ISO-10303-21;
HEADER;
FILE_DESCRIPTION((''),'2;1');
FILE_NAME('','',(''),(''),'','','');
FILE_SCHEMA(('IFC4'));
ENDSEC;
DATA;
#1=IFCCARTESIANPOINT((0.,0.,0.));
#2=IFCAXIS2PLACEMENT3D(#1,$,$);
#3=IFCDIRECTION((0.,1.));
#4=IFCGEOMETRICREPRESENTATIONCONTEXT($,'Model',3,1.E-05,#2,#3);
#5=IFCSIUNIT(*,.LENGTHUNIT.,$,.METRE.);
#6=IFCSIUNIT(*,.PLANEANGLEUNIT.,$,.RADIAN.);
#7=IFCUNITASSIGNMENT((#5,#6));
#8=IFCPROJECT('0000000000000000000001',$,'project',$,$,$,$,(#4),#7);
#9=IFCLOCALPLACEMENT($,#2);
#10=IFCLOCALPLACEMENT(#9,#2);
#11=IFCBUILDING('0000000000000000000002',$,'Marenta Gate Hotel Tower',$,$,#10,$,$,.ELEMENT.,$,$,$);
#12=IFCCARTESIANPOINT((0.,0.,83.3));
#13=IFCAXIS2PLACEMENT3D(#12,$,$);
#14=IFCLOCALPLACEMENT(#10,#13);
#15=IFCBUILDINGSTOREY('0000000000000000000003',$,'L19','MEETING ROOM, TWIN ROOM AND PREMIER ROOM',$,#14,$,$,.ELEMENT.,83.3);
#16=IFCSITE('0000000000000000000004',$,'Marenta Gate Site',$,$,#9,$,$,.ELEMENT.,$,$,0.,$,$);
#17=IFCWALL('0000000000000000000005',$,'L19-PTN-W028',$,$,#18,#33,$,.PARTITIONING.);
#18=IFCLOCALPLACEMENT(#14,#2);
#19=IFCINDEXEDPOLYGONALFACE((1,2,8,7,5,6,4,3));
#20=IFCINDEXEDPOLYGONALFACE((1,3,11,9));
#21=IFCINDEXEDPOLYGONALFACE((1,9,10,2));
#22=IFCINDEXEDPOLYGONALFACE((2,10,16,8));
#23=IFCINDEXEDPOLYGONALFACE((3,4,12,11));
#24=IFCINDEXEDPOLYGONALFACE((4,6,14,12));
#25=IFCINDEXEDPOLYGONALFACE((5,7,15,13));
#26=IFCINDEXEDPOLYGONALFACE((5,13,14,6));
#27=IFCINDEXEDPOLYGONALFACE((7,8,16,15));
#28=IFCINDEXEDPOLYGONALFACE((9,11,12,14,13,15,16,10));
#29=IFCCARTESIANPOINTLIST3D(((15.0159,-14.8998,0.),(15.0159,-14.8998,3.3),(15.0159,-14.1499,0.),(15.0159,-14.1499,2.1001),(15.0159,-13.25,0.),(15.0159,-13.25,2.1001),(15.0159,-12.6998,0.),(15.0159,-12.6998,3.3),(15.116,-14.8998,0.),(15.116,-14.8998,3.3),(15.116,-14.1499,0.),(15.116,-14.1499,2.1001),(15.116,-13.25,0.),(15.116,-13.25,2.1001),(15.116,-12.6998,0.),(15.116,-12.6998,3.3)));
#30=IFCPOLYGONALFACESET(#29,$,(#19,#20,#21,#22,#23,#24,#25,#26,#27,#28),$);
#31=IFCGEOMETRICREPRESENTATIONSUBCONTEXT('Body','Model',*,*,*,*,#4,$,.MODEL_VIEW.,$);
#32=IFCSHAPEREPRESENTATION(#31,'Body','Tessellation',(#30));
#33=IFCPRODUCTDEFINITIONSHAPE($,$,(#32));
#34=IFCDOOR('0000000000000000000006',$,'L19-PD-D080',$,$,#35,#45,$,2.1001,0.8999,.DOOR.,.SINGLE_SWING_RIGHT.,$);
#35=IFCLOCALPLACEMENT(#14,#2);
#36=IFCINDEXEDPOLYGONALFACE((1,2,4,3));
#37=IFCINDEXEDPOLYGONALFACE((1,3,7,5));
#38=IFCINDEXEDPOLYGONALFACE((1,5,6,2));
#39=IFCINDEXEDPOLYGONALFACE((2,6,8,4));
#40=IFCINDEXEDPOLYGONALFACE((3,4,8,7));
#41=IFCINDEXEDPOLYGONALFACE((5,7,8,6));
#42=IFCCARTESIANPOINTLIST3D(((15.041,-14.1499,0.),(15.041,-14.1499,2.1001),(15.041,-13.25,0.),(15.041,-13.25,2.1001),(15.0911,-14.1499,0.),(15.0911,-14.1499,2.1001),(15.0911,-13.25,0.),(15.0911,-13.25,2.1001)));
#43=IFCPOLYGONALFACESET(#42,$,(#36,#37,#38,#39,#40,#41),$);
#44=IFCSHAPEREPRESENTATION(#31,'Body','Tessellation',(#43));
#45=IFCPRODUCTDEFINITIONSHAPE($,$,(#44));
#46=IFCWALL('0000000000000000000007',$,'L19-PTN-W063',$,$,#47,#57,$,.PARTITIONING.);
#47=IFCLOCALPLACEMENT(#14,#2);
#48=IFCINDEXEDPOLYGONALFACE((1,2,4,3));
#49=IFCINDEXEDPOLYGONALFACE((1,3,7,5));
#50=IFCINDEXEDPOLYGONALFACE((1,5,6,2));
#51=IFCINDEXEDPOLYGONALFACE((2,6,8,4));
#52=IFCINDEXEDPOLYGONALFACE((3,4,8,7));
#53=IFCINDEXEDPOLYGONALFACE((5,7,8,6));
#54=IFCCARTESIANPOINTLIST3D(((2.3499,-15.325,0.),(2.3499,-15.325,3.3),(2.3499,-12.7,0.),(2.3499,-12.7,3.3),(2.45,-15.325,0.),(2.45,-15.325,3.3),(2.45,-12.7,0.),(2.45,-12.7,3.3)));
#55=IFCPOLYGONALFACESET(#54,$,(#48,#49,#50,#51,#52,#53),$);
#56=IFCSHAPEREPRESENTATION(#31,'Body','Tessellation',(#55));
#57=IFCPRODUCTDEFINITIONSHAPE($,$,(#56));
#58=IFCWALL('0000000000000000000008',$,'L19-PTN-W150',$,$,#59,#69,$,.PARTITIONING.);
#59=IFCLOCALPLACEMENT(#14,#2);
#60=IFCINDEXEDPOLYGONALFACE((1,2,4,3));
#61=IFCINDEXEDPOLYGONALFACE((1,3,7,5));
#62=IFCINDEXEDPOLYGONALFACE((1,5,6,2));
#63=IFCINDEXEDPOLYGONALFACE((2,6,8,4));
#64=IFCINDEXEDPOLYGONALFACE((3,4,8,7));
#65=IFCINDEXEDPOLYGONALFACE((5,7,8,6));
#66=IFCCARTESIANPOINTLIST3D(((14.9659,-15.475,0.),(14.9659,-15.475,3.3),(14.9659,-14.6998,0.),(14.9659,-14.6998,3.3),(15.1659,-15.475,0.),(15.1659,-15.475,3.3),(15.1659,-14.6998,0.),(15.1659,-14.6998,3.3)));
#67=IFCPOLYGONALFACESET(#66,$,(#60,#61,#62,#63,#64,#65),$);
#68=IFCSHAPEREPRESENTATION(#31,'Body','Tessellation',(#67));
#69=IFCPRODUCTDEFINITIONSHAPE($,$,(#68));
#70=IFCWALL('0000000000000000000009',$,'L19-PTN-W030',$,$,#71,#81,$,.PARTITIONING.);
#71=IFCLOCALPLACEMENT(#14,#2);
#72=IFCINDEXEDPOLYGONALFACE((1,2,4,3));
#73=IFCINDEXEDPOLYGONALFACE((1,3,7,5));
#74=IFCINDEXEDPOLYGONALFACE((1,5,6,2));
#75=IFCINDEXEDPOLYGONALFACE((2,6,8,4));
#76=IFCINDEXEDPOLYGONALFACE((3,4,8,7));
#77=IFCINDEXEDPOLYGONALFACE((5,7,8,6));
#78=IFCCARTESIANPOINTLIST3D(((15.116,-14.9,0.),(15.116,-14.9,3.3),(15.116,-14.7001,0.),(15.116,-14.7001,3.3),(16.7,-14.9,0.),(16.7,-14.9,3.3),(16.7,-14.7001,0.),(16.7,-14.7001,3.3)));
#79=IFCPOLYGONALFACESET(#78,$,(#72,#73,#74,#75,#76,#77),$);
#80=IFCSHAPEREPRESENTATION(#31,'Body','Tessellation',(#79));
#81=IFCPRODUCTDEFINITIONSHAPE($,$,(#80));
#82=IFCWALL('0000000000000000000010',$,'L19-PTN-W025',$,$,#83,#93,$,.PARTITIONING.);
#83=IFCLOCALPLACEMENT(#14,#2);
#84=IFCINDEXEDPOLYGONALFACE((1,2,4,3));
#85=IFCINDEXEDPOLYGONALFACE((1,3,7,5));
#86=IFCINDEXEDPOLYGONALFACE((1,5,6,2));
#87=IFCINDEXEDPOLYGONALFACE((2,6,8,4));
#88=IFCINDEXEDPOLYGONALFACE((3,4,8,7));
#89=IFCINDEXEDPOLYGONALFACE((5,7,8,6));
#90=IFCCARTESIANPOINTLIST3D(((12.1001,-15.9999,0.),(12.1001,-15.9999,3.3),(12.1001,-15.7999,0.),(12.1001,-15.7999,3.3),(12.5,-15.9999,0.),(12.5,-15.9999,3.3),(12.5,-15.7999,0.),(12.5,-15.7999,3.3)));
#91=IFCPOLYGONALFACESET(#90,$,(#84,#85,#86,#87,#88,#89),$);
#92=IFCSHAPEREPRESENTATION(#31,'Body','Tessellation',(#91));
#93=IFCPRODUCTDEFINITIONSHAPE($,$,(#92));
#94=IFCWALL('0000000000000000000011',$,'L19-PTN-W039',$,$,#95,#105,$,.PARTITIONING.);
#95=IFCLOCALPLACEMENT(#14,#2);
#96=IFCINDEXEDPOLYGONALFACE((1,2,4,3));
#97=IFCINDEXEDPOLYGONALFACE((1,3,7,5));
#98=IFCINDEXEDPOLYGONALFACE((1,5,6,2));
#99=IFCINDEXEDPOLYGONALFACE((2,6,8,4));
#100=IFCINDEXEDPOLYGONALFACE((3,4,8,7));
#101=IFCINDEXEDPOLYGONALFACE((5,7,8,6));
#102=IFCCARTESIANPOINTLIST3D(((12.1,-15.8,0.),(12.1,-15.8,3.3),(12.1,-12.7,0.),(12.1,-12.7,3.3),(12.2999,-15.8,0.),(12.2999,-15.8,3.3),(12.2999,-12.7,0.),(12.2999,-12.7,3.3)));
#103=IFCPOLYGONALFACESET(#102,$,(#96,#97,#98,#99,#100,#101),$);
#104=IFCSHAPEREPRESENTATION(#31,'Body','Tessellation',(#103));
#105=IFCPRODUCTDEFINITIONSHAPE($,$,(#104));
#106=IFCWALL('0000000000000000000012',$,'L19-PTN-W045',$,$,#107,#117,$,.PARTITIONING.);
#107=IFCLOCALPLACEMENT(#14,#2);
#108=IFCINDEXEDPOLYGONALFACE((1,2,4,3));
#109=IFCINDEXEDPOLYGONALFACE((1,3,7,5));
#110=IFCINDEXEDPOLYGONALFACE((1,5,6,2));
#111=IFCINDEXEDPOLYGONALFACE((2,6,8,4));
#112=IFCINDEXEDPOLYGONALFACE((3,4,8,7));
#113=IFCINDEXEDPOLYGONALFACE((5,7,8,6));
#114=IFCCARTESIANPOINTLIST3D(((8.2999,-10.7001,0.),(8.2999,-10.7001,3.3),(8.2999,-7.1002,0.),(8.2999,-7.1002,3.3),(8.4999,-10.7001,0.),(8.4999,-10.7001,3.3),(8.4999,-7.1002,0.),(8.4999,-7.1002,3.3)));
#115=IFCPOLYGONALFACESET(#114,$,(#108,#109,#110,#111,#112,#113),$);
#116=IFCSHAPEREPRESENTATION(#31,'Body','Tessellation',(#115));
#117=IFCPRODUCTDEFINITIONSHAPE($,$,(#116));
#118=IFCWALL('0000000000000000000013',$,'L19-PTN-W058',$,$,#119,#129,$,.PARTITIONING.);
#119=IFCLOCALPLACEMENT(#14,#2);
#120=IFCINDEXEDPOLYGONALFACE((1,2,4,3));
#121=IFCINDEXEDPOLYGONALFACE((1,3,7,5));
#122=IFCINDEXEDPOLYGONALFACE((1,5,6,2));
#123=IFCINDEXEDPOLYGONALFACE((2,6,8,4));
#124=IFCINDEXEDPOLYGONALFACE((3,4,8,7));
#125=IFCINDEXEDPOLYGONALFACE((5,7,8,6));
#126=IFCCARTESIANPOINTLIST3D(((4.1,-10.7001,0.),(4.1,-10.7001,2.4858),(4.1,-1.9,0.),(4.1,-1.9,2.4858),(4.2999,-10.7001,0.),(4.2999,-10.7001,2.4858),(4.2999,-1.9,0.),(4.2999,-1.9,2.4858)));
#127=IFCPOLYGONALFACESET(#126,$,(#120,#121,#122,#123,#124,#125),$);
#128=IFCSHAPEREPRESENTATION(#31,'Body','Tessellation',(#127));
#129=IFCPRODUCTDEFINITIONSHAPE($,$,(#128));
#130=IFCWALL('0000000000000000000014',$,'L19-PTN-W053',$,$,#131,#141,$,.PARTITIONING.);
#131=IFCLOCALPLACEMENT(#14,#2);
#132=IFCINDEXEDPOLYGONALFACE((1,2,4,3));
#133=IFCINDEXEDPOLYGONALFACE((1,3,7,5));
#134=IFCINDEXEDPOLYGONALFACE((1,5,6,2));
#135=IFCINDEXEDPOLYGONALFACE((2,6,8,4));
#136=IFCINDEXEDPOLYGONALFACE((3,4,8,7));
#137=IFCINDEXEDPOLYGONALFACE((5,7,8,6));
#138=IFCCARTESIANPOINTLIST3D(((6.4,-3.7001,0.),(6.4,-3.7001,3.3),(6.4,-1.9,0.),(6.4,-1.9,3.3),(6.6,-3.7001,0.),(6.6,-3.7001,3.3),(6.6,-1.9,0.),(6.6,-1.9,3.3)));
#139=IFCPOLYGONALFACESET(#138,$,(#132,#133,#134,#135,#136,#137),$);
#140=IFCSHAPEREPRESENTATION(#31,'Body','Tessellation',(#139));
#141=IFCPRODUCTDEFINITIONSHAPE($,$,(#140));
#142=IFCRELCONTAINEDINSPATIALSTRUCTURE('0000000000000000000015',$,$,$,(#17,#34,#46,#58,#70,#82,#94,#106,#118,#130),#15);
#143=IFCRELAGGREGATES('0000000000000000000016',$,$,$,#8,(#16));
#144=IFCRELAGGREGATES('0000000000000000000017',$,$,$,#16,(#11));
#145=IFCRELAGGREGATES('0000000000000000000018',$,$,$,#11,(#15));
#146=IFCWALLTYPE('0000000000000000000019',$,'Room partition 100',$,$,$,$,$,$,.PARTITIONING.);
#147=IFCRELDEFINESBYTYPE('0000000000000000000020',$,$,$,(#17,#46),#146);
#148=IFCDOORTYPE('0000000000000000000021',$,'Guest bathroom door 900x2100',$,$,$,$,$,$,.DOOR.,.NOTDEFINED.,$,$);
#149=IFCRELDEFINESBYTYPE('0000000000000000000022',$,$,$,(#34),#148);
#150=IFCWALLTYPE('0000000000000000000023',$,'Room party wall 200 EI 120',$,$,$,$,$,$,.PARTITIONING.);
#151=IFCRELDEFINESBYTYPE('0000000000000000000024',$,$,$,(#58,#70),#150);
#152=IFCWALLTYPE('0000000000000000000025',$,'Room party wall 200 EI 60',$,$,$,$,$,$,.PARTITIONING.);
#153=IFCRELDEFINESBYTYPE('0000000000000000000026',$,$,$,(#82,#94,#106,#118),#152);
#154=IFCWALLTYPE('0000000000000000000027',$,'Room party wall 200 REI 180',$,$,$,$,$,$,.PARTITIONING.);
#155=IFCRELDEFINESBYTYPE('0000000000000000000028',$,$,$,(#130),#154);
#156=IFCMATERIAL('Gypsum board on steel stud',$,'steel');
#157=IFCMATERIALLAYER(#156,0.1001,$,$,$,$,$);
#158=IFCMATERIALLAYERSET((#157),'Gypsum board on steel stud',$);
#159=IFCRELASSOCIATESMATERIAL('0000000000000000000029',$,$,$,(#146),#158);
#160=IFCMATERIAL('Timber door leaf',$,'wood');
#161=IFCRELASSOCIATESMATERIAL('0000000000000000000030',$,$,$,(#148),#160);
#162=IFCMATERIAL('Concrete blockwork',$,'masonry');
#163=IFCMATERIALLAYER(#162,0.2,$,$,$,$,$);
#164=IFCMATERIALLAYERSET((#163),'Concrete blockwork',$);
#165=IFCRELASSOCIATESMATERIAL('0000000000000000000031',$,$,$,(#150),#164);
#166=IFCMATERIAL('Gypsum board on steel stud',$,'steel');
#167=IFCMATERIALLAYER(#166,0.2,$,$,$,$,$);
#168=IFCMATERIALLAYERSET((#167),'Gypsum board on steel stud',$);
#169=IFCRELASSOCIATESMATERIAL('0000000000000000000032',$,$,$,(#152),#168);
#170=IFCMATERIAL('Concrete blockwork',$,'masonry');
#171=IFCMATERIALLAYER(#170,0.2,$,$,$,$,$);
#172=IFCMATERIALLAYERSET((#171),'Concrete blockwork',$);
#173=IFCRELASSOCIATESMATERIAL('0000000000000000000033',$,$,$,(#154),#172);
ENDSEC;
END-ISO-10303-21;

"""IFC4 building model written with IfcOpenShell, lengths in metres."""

from ifc_helpers import new_model, si_unit, direction, frame, frame_2d, origin, place, context, subcontext, project, spatial, rectangle, extrude, material, layer, layer_set, type_object, element, fill, save


model = new_model("IFC4")

# Units and contexts
model_context = context("Model", 3, precision=1e-05, world=origin(), true_north=direction((0.0, 1.0)))
body_context = subcontext(model_context, "Body", "Model", "MODEL_VIEW")
ifc_project = project(units=[si_unit("LENGTHUNIT", "METRE"), si_unit("PLANEANGLEUNIT", "RADIAN")], contexts=[model_context])

# Site, building, storey
site_placement = place(None, origin())
site = spatial("IfcSite", under=ifc_project, at=site_placement, Name="Marenta Gate Site", CompositionType="ELEMENT", RefElevation=0.0)
building_placement = place(site_placement, origin())
building = spatial("IfcBuilding", under=site, at=building_placement, Name="Marenta Gate Hotel Tower", CompositionType="ELEMENT")
storey_placement = place(building_placement, frame((0.0, 0.0, 83.3)))
storey = spatial("IfcBuildingStorey", under=building, at=storey_placement, Name="L19", Description="MEETING ROOM, TWIN ROOM AND PREMIER ROOM", CompositionType="ELEMENT", Elevation=83.3)

# Wall, opening, door
ifc_material_1 = material(Name="Gypsum board on steel stud", Category="steel")
ifc_layer_1 = layer(ifc_material_1, 0.1001)
ifc_layer_set_1 = layer_set([ifc_layer_1], Name="Gypsum board on steel stud")
wall_type_1 = type_object("IfcWallType", Name="Room partition 100", PredefinedType="PARTITIONING", material=ifc_layer_set_1)
wall_1_placement = place(storey_placement, frame((15.0659, -14.8999, 0.0), z_axis=(0.0, 0.0, 1.0), x_axis=(0.0, 1.0, 0.0)))
wall_1 = element("IfcWall", 1, at=wall_1_placement, inside=storey, type_object=wall_type_1, Name="L19-PTN-W028", PredefinedType="PARTITIONING", context=body_context, shape_type="SweptSolid", body=[
    extrude(rectangle(XDim=2.2, YDim=0.1001, at=frame_2d((1.1001, 0.0))), origin(), (0.0, 0.0, 1.0), 3.3),
])
opening_1_placement = place(wall_1_placement, frame((0.75, 0.0, 0.0)))
opening_1 = element("IfcOpeningElement", 2, at=opening_1_placement, cuts=wall_1, PredefinedType="OPENING", context=body_context, shape_type="SweptSolid", body=[
    extrude(rectangle(XDim=0.8999, YDim=2.1001, at=frame_2d((0.45, 1.05))), frame((0.0, 0.05, 0.0), z_axis=(0.0, -1.0, 0.0), x_axis=(1.0, 0.0, 0.0)), (0.0, 0.0, 1.0), 0.1001),
])
ifc_material_2 = material(Name="Timber door leaf", Category="wood")
door_type_1 = type_object("IfcDoorType", Name="Guest bathroom door 900x2100", OperationType="NOTDEFINED", PredefinedType="DOOR", material=ifc_material_2)
door_1_placement = place(opening_1_placement, origin())
door_1 = element("IfcDoor", 3, at=door_1_placement, inside=storey, type_object=door_type_1, Name="L19-PD-D080", OperationType="SINGLE_SWING_RIGHT", OverallHeight=2.1001, OverallWidth=0.8999, PredefinedType="DOOR", context=body_context, shape_type="SweptSolid", body=[
    extrude(rectangle(XDim=0.8999, YDim=2.1001, at=frame_2d((0.45, 1.05))), frame((0.0, 0.0249, 0.0), z_axis=(0.0, -1.0, 0.0), x_axis=(1.0, 0.0, 0.0)), (0.0, 0.0, 1.0), 0.05),
])
fill(opening_1, door_1)

# Walls
wall_2_placement = place(storey_placement, frame((2.3999, -15.325, 0.0), z_axis=(0.0, 0.0, 1.0), x_axis=(0.0, 1.0, 0.0)))
element("IfcWall", 4, at=wall_2_placement, inside=storey, type_object=wall_type_1, Name="L19-PTN-W063", PredefinedType="PARTITIONING", context=body_context, shape_type="SweptSolid", body=[
    extrude(rectangle(XDim=2.625, YDim=0.1001, at=frame_2d((1.3125, 0.0))), origin(), (0.0, 0.0, 1.0), 3.3),
])
ifc_material_3 = material(Name="Concrete blockwork", Category="masonry")
ifc_layer_2 = layer(ifc_material_3, 0.2)
ifc_layer_set_2 = layer_set([ifc_layer_2], Name="Concrete blockwork")
wall_type_2 = type_object("IfcWallType", Name="Room party wall 200 EI 120", PredefinedType="PARTITIONING", material=ifc_layer_set_2)
wall_3_placement = place(storey_placement, frame((15.0659, -15.4751, 0.0), z_axis=(0.0, 0.0, 1.0), x_axis=(0.0, 1.0, 0.0)))
element("IfcWall", 5, at=wall_3_placement, inside=storey, type_object=wall_type_2, Name="L19-PTN-W150", PredefinedType="PARTITIONING", context=body_context, shape_type="SweptSolid", body=[
    extrude(rectangle(XDim=0.7751, YDim=0.2, at=frame_2d((0.3877, 0.0))), origin(), (0.0, 0.0, 1.0), 3.3),
])
wall_4_placement = place(storey_placement, frame((15.116, -14.8, 0.0), z_axis=(0.0, 0.0, 1.0), x_axis=(1.0, 0.0, 0.0)))
element("IfcWall", 6, at=wall_4_placement, inside=storey, type_object=wall_type_2, Name="L19-PTN-W030", PredefinedType="PARTITIONING", context=body_context, shape_type="SweptSolid", body=[
    extrude(rectangle(XDim=1.584, YDim=0.2, at=frame_2d((0.792, 0.0))), origin(), (0.0, 0.0, 1.0), 3.3),
])
ifc_material_4 = material(Name="Gypsum board on steel stud", Category="steel")
ifc_layer_3 = layer(ifc_material_4, 0.2)
ifc_layer_set_3 = layer_set([ifc_layer_3], Name="Gypsum board on steel stud")
wall_type_3 = type_object("IfcWallType", Name="Room party wall 200 EI 60", PredefinedType="PARTITIONING", material=ifc_layer_set_3)
wall_5_placement = place(storey_placement, frame((12.1001, -15.8999, 0.0), z_axis=(0.0, 0.0, 1.0), x_axis=(1.0, 0.0, 0.0)))
element("IfcWall", 7, at=wall_5_placement, inside=storey, type_object=wall_type_3, Name="L19-PTN-W025", PredefinedType="PARTITIONING", context=body_context, shape_type="SweptSolid", body=[
    extrude(rectangle(XDim=0.3999, YDim=0.2, at=frame_2d((0.2, 0.0))), origin(), (0.0, 0.0, 1.0), 3.3),
])
wall_6_placement = place(storey_placement, frame((12.2, -15.8, 0.0), z_axis=(0.0, 0.0, 1.0), x_axis=(0.0, 1.0, 0.0)))
element("IfcWall", 8, at=wall_6_placement, inside=storey, type_object=wall_type_3, Name="L19-PTN-W039", PredefinedType="PARTITIONING", context=body_context, shape_type="SweptSolid", body=[
    extrude(rectangle(XDim=3.1001, YDim=0.2, at=frame_2d((1.55, 0.0))), origin(), (0.0, 0.0, 1.0), 3.3),
])
wall_7_placement = place(storey_placement, frame((8.3999, -10.7, 0.0), z_axis=(0.0, 0.0, 1.0), x_axis=(0.0, 1.0, 0.0)))
element("IfcWall", 9, at=wall_7_placement, inside=storey, type_object=wall_type_3, Name="L19-PTN-W045", PredefinedType="PARTITIONING", context=body_context, shape_type="SweptSolid", body=[
    extrude(rectangle(XDim=3.5999, YDim=0.2, at=frame_2d((1.7998, 0.0))), origin(), (0.0, 0.0, 1.0), 3.3),
])
wall_8_placement = place(storey_placement, frame((4.2, -10.7, 0.0), z_axis=(0.0, 0.0, 1.0), x_axis=(0.0, 1.0, 0.0)))
element("IfcWall", 10, at=wall_8_placement, inside=storey, type_object=wall_type_3, Name="L19-PTN-W058", PredefinedType="PARTITIONING", context=body_context, shape_type="SweptSolid", body=[
    extrude(rectangle(XDim=8.8, YDim=0.2, at=frame_2d((4.3999, 0.0))), origin(), (0.0, 0.0, 1.0), 2.4858),
])
ifc_material_5 = material(Name="Concrete blockwork", Category="masonry")
ifc_layer_4 = layer(ifc_material_5, 0.2)
ifc_layer_set_4 = layer_set([ifc_layer_4], Name="Concrete blockwork")
wall_type_4 = type_object("IfcWallType", Name="Room party wall 200 REI 180", PredefinedType="PARTITIONING", material=ifc_layer_set_4)
wall_9_placement = place(storey_placement, frame((6.5, -3.7, 0.0), z_axis=(0.0, 0.0, 1.0), x_axis=(0.0, 1.0, 0.0)))
element("IfcWall", 11, at=wall_9_placement, inside=storey, type_object=wall_type_4, Name="L19-PTN-W053", PredefinedType="PARTITIONING", context=body_context, shape_type="SweptSolid", body=[
    extrude(rectangle(XDim=1.8, YDim=0.2, at=frame_2d((0.8999, 0.0))), origin(), (0.0, 0.0, 1.0), 3.3),
])

save(model, "model.ifc")
